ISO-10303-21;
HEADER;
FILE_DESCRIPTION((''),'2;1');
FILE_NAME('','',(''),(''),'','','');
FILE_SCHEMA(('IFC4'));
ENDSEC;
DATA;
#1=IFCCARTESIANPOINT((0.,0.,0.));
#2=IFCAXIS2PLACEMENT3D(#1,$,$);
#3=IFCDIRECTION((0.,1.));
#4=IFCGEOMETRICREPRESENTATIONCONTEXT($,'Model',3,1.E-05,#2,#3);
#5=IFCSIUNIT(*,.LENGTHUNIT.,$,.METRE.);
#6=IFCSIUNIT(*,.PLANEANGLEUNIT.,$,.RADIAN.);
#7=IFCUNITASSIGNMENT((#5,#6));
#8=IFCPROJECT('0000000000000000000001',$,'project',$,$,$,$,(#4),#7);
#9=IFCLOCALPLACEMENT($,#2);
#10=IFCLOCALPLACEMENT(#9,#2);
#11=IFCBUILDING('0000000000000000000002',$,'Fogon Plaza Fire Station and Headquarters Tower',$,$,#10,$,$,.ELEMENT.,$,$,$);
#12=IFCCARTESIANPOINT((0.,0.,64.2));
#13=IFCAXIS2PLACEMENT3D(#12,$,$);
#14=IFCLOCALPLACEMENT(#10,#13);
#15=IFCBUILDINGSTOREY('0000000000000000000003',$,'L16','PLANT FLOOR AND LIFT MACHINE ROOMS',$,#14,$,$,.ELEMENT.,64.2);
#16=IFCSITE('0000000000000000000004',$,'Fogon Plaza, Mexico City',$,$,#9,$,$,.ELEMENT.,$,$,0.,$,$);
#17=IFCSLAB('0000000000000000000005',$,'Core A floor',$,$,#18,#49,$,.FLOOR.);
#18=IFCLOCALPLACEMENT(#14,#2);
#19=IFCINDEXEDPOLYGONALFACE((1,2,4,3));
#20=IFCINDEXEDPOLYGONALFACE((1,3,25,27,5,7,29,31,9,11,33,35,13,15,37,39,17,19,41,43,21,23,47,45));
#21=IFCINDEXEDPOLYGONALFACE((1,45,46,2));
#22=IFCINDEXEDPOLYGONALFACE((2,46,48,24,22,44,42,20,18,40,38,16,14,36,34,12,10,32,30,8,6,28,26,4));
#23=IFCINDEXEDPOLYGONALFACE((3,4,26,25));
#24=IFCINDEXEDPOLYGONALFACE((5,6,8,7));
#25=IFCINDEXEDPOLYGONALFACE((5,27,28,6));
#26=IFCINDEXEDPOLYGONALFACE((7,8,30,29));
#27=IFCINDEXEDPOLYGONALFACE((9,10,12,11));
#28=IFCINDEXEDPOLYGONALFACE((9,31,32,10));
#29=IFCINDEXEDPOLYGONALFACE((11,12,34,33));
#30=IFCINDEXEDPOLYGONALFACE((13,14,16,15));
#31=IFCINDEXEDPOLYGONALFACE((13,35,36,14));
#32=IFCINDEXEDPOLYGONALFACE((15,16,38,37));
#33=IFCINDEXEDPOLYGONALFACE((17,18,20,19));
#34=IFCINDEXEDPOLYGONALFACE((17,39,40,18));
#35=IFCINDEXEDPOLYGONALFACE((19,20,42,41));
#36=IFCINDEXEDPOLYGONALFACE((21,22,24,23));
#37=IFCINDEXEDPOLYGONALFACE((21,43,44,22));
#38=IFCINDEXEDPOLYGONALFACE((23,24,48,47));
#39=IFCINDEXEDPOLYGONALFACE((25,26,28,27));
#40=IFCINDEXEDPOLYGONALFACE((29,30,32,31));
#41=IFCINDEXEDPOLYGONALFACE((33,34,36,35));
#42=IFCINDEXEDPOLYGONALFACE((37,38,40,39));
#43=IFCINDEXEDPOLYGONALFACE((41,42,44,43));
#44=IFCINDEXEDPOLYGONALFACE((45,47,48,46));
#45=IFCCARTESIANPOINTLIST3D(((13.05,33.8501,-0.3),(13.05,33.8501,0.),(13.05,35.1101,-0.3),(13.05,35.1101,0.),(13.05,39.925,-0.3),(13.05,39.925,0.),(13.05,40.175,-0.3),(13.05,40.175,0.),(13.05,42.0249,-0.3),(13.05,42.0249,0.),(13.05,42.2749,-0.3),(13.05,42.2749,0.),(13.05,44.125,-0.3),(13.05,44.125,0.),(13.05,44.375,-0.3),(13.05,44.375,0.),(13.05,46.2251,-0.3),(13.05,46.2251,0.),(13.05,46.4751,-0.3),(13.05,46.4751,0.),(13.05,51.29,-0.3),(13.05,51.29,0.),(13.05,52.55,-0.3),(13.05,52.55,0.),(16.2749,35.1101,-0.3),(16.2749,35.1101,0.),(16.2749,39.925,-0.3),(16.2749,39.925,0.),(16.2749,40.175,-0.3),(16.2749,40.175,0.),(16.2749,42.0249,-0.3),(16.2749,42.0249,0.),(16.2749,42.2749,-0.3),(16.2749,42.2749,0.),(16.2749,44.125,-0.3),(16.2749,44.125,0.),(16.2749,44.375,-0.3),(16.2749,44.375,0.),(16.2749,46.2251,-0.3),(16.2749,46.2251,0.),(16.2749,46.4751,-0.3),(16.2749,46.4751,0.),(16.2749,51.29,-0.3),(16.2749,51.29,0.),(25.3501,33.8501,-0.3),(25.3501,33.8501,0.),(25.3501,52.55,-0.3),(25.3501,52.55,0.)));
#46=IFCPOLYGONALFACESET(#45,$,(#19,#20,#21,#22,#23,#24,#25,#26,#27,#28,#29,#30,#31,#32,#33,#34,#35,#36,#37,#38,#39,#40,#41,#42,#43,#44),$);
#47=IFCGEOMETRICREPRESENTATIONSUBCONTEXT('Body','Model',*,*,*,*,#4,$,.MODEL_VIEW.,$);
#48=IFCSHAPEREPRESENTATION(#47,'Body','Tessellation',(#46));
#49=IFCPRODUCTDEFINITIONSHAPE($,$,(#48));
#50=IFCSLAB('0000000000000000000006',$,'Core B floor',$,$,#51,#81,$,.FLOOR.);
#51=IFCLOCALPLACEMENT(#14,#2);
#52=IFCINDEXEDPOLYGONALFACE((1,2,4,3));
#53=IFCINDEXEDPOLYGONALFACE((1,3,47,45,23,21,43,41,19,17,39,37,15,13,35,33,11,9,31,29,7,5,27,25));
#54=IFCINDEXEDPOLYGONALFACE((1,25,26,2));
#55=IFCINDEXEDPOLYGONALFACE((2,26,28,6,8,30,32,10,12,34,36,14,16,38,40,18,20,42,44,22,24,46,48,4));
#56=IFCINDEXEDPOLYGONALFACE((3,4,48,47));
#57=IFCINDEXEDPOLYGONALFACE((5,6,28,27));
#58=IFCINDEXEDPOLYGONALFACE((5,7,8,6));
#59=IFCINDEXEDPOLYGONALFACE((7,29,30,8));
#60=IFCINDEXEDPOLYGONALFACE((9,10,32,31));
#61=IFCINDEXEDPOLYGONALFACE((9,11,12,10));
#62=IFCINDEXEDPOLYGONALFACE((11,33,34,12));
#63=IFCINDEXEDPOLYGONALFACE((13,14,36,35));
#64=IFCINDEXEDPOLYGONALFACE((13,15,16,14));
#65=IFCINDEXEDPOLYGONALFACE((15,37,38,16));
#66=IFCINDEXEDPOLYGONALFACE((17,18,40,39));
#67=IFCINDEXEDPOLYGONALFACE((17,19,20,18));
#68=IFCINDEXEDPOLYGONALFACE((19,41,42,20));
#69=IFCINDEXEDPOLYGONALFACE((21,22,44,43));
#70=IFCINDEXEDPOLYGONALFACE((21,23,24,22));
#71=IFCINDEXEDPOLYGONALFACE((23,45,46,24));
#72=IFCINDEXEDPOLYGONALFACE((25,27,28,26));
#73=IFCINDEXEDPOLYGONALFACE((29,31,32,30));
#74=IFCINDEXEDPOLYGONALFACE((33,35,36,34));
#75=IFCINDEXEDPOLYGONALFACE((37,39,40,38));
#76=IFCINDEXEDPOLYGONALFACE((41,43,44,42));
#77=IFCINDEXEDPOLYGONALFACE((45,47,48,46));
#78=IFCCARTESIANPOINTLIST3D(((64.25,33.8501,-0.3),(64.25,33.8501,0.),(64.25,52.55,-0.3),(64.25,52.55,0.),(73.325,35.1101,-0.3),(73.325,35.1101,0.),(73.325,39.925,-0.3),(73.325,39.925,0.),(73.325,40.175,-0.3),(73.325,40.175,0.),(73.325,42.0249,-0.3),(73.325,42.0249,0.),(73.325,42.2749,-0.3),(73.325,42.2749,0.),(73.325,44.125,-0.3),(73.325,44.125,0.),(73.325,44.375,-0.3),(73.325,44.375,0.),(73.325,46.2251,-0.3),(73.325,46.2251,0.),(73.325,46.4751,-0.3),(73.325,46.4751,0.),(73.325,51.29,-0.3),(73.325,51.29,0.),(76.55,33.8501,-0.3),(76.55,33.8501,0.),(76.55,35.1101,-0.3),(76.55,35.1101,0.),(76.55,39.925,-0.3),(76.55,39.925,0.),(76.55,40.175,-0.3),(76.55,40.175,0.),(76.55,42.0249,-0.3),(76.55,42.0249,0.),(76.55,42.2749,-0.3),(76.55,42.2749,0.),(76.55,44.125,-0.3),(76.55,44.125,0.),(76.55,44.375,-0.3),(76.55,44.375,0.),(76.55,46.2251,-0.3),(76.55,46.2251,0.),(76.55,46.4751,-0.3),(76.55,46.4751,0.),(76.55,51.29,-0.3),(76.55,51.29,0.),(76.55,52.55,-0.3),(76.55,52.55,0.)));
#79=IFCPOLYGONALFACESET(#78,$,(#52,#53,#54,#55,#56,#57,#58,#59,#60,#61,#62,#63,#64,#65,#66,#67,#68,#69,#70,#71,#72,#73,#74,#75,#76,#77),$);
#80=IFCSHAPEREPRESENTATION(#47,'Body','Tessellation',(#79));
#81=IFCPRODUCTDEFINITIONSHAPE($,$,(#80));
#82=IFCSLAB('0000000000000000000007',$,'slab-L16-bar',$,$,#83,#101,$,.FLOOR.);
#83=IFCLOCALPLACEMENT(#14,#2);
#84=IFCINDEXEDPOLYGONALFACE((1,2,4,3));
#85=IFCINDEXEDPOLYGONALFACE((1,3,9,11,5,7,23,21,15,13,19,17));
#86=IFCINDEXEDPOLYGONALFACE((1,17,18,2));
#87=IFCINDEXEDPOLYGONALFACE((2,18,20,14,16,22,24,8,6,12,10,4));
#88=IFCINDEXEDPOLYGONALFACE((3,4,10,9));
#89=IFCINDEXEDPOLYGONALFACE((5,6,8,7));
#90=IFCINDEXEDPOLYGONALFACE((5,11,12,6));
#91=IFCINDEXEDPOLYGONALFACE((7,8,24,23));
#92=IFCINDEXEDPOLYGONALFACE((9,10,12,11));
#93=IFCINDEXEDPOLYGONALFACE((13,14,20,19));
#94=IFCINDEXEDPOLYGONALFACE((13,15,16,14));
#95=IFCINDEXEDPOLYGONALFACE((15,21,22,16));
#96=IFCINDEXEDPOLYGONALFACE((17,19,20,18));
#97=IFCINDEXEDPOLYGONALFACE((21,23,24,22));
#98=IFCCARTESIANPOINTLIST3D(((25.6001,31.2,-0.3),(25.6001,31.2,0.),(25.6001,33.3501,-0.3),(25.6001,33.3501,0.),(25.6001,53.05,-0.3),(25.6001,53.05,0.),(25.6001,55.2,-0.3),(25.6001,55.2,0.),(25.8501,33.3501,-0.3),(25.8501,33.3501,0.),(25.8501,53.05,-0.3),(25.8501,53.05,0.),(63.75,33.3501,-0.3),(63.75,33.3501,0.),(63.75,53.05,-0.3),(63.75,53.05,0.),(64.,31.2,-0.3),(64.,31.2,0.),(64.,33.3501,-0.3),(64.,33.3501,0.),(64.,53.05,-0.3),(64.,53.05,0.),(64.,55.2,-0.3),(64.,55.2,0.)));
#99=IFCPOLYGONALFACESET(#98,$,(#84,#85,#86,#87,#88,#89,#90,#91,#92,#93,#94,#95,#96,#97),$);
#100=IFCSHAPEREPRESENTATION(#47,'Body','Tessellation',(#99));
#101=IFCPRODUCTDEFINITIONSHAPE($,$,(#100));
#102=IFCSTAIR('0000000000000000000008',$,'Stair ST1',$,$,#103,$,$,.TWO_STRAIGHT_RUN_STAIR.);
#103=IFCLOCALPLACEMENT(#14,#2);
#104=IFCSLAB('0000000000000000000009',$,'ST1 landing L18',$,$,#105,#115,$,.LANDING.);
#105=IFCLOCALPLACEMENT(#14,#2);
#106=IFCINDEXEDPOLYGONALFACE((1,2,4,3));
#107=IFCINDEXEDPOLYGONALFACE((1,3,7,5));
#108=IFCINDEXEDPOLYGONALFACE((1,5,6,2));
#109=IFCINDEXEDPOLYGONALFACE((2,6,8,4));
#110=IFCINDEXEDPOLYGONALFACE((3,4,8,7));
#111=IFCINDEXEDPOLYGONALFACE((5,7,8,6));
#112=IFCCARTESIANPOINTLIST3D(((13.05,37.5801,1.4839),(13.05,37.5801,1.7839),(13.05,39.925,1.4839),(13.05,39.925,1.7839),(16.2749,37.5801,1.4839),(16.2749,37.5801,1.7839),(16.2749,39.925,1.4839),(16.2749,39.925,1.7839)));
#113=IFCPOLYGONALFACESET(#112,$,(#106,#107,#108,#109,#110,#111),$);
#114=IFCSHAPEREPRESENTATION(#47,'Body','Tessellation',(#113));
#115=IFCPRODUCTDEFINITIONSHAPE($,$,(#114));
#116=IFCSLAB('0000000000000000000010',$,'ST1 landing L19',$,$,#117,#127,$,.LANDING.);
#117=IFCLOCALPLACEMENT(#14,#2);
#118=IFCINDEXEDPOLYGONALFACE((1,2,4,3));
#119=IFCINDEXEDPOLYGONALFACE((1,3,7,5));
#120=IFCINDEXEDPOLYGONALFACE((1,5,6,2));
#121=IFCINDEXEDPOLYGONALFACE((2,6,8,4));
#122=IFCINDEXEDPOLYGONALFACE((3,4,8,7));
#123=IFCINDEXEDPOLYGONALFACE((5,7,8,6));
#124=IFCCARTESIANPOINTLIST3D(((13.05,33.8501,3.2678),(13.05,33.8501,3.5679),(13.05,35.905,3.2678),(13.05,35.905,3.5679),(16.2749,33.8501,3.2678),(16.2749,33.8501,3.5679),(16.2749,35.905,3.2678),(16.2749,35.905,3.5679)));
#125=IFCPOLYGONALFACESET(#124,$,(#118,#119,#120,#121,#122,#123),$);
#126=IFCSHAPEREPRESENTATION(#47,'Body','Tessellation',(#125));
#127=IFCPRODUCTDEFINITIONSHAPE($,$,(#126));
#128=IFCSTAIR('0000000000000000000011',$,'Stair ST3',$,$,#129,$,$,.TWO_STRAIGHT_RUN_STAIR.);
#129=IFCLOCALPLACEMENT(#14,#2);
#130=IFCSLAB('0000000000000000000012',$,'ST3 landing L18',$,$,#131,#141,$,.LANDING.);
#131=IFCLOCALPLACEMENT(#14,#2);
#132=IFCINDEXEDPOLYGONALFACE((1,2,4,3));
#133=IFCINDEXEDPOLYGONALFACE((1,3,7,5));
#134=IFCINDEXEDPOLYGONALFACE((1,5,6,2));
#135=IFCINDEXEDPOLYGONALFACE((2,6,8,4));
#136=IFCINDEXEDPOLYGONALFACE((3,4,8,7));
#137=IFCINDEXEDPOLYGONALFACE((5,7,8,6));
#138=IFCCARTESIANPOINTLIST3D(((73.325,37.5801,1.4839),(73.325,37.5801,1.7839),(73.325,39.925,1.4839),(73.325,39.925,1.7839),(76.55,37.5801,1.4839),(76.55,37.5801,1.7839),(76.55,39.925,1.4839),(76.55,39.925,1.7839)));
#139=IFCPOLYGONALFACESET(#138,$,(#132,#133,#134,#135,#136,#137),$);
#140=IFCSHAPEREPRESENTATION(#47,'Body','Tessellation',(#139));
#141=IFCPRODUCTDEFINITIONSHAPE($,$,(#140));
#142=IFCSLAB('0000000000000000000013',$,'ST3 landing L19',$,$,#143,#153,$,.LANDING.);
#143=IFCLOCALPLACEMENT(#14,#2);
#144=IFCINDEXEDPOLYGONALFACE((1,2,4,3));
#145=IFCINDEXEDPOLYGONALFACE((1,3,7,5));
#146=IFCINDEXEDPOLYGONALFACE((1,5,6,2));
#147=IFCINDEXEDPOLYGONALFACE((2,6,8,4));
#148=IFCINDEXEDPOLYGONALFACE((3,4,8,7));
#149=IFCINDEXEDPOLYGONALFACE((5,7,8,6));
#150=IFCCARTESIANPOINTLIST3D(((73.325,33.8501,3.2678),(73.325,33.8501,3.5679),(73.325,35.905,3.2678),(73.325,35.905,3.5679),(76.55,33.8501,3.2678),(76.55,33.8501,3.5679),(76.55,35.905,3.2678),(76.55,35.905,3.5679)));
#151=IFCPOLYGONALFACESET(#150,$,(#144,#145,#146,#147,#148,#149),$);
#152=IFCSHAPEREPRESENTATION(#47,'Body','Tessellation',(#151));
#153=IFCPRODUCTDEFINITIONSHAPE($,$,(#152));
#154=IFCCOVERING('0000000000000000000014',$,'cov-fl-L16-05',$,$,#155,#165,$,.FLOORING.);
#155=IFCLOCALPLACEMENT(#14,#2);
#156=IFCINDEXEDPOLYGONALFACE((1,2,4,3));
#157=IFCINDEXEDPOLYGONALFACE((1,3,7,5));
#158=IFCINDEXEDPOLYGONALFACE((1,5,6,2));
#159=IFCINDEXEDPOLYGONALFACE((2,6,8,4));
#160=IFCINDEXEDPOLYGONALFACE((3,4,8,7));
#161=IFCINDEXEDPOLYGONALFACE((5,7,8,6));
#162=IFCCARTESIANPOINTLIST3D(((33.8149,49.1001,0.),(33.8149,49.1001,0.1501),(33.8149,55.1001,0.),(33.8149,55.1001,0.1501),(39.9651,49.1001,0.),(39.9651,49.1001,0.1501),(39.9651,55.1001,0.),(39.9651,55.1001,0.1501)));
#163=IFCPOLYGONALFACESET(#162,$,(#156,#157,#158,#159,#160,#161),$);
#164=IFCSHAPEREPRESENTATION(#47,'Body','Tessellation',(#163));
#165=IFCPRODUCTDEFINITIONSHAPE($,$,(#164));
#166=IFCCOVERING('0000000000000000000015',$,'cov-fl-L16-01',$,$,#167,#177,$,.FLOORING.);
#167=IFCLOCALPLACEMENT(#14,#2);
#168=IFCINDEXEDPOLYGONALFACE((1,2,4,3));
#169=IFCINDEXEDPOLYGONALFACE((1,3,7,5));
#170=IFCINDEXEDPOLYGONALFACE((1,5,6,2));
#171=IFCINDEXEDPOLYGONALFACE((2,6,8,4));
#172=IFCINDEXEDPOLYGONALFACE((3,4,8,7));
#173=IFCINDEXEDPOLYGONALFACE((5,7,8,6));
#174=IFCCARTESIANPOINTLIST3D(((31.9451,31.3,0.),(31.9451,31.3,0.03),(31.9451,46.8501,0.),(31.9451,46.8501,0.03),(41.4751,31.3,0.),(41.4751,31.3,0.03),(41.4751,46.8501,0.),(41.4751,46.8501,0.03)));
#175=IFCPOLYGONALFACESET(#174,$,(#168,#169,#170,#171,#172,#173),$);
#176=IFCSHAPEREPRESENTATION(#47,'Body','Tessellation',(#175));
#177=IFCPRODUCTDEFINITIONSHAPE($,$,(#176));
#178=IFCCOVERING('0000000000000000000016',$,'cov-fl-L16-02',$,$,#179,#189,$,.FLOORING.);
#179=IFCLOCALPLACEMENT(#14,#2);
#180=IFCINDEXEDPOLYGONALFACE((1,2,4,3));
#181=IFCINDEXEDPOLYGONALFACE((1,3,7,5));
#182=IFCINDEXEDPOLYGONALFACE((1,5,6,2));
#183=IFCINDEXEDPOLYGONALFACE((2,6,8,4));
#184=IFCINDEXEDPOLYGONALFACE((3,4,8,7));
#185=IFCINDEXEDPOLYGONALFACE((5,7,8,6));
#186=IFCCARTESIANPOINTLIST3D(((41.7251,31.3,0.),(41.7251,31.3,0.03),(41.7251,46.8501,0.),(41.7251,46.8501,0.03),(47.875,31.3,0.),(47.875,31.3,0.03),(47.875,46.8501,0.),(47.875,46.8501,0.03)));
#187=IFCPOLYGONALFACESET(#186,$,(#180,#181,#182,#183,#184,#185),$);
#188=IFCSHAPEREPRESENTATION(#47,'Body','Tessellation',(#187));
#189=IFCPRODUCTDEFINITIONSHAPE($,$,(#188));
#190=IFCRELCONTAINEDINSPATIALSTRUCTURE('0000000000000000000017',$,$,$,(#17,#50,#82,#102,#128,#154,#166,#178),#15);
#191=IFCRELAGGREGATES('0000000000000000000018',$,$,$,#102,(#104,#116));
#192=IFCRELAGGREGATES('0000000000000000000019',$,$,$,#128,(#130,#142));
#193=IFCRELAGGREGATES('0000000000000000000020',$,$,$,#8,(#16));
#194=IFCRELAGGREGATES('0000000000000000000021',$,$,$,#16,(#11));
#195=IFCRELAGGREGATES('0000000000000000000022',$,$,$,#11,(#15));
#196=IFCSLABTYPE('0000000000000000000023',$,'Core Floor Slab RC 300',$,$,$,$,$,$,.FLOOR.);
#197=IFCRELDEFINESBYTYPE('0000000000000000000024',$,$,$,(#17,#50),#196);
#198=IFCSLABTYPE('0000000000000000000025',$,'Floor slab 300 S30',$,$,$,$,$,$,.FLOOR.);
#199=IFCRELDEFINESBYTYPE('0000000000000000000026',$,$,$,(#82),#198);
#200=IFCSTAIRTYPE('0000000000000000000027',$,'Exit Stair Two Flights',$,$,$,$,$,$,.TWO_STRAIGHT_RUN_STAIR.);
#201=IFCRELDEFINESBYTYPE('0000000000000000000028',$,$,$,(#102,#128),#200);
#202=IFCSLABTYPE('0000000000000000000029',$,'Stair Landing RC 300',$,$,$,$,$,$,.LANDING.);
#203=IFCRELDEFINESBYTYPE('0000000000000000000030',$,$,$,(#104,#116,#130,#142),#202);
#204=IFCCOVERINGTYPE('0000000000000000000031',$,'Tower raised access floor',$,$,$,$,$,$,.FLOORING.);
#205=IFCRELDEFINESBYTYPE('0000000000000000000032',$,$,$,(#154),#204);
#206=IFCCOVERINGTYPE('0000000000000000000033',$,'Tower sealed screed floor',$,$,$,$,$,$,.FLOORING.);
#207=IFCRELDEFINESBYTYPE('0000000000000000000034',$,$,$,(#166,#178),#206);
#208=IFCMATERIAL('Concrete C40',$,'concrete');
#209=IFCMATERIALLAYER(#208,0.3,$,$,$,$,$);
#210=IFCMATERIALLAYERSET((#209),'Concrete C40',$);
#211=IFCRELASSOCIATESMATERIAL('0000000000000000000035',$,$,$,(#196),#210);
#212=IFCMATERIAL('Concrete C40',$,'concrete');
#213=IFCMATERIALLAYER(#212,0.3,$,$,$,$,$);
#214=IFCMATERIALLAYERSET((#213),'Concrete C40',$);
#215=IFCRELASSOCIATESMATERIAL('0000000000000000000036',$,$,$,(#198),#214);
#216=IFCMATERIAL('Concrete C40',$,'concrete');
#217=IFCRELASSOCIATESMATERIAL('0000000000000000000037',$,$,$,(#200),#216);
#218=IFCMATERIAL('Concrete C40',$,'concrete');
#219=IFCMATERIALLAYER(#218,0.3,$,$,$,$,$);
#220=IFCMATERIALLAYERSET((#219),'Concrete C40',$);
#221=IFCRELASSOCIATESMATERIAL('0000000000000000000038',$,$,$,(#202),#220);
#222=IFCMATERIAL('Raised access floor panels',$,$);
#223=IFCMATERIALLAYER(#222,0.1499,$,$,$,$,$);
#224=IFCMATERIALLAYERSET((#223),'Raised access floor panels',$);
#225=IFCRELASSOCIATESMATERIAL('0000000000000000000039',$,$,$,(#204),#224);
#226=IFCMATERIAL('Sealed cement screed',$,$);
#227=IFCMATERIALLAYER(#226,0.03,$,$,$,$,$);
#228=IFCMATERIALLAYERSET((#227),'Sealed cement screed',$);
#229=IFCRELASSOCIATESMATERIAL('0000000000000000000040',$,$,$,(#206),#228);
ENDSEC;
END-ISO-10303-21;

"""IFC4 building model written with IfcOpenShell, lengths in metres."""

from ifc_helpers import new_model, si_unit, direction, frame, origin, place, context, subcontext, project, spatial, polyline, outline, extrude, material, layer, layer_set, type_object, element, aggregate, save


model = new_model("IFC4")

# Units and contexts
model_context = context("Model", 3, precision=1e-05, world=origin(), true_north=direction((0.0, 1.0)))
body_context = subcontext(model_context, "Body", "Model", "MODEL_VIEW")
ifc_project = project(units=[si_unit("LENGTHUNIT", "METRE"), si_unit("PLANEANGLEUNIT", "RADIAN")], contexts=[model_context])

# Site, building, storey
site_placement = place(None, origin())
site = spatial("IfcSite", under=ifc_project, at=site_placement, Name="Fogon Plaza, Mexico City", CompositionType="ELEMENT", RefElevation=0.0)
building_placement = place(site_placement, origin())
building = spatial("IfcBuilding", under=site, at=building_placement, Name="Fogon Plaza Fire Station and Headquarters Tower", CompositionType="ELEMENT")
storey_placement = place(building_placement, frame((0.0, 0.0, 64.2)))
storey = spatial("IfcBuildingStorey", under=building, at=storey_placement, Name="L16", Description="PLANT FLOOR AND LIFT MACHINE ROOMS", CompositionType="ELEMENT", Elevation=64.2)

# Slabs
ifc_material_1 = material(Name="Concrete C40", Category="concrete")
ifc_layer_1 = layer(ifc_material_1, 0.3)
ifc_layer_set_1 = layer_set([ifc_layer_1], Name="Concrete C40")
slab_type_1 = type_object("IfcSlabType", Name="Core Floor Slab RC 300", PredefinedType="FLOOR", material=ifc_layer_set_1)
slab_1_placement = place(storey_placement, frame((0.0, 0.0, -0.3)))
element("IfcSlab", 1, at=slab_1_placement, inside=storey, type_object=slab_type_1, Name="Core A floor", PredefinedType="FLOOR", context=body_context, shape_type="SweptSolid", body=[
    extrude(outline(polyline([(13.05, 35.1101), (13.05, 33.8501), (25.3501, 33.8501), (25.3501, 52.55), (13.05, 52.55), (13.05, 51.29), (16.2749, 51.29), (16.2749, 46.4751), (13.05, 46.4751), (13.05, 46.2251), (16.2749, 46.2251), (16.2749, 44.375), (13.05, 44.375), (13.05, 44.125), (16.2749, 44.125), (16.2749, 42.2749), (13.05, 42.2749), (13.05, 42.0249), (16.2749, 42.0249), (16.2749, 40.175), (13.05, 40.175), (13.05, 39.925), (16.2749, 39.925), (16.2749, 35.1101), (13.05, 35.1101)])), origin(), (0.0, 0.0, 1.0), 0.3),
])
slab_2_placement = place(storey_placement, frame((0.0, 0.0, -0.3)))
element("IfcSlab", 2, at=slab_2_placement, inside=storey, type_object=slab_type_1, Name="Core B floor", PredefinedType="FLOOR", context=body_context, shape_type="SweptSolid", body=[
    extrude(outline(polyline([(76.55, 35.1101), (73.325, 35.1101), (73.325, 39.925), (76.55, 39.925), (76.55, 40.175), (73.325, 40.175), (73.325, 42.0249), (76.55, 42.0249), (76.55, 42.2749), (73.325, 42.2749), (73.325, 44.125), (76.55, 44.125), (76.55, 44.375), (73.325, 44.375), (73.325, 46.2251), (76.55, 46.2251), (76.55, 46.4751), (73.325, 46.4751), (73.325, 51.29), (76.55, 51.29), (76.55, 52.55), (64.25, 52.55), (64.25, 33.8501), (76.55, 33.8501), (76.55, 35.1101)])), origin(), (0.0, 0.0, 1.0), 0.3),
])
ifc_material_2 = material(Name="Concrete C40", Category="concrete")
ifc_layer_2 = layer(ifc_material_2, 0.3)
ifc_layer_set_2 = layer_set([ifc_layer_2], Name="Concrete C40")
slab_type_2 = type_object("IfcSlabType", Name="Floor slab 300 S30", PredefinedType="FLOOR", material=ifc_layer_set_2)
slab_3_placement = place(storey_placement, frame((0.0, 0.0, -0.3)))
element("IfcSlab", 3, at=slab_3_placement, inside=storey, type_object=slab_type_2, Name="slab-L16-bar", PredefinedType="FLOOR", context=body_context, shape_type="SweptSolid", body=[
    extrude(outline(polyline([(64.0, 31.2), (25.6001, 31.2), (25.6001, 33.3501), (25.8501, 33.3501), (25.8501, 53.05), (25.6001, 53.05), (25.6001, 55.2), (64.0, 55.2), (64.0, 53.05), (63.75, 53.05), (63.75, 33.3501), (64.0, 33.3501), (64.0, 31.2)])), origin(), (0.0, 0.0, 1.0), 0.3),
])

# Stairs, slabs
ifc_material_3 = material(Name="Concrete C40", Category="concrete")
stair_type = type_object("IfcStairType", Name="Exit Stair Two Flights", PredefinedType="TWO_STRAIGHT_RUN_STAIR", material=ifc_material_3)
stair_1_placement = place(storey_placement, origin())
stair_1 = element("IfcStair", 4, at=stair_1_placement, inside=storey, type_object=stair_type, Name="Stair ST1", PredefinedType="TWO_STRAIGHT_RUN_STAIR")
ifc_material_4 = material(Name="Concrete C40", Category="concrete")
ifc_layer_3 = layer(ifc_material_4, 0.3)
ifc_layer_set_3 = layer_set([ifc_layer_3], Name="Concrete C40")
slab_type_3 = type_object("IfcSlabType", Name="Stair Landing RC 300", PredefinedType="LANDING", material=ifc_layer_set_3)
slab_4_placement = place(storey_placement, frame((0.0, 0.0, 1.4839)))
slab_4 = element("IfcSlab", 5, at=slab_4_placement, type_object=slab_type_3, Name="ST1 landing L18", PredefinedType="LANDING", context=body_context, shape_type="SweptSolid", body=[
    extrude(outline(polyline([(16.2749, 37.5801), (16.2749, 39.925), (13.05, 39.925), (13.05, 37.5801), (16.2749, 37.5801)])), origin(), (0.0, 0.0, 1.0), 0.3),
])
slab_5_placement = place(storey_placement, frame((0.0, 0.0, 3.2678)))
slab_5 = element("IfcSlab", 6, at=slab_5_placement, type_object=slab_type_3, Name="ST1 landing L19", PredefinedType="LANDING", context=body_context, shape_type="SweptSolid", body=[
    extrude(outline(polyline([(16.2749, 33.8501), (16.2749, 35.905), (13.05, 35.905), (13.05, 33.8501), (16.2749, 33.8501)])), origin(), (0.0, 0.0, 1.0), 0.3),
])
aggregate(stair_1, [slab_4, slab_5])
stair_2_placement = place(storey_placement, origin())
stair_2 = element("IfcStair", 7, at=stair_2_placement, inside=storey, type_object=stair_type, Name="Stair ST3", PredefinedType="TWO_STRAIGHT_RUN_STAIR")
slab_6_placement = place(storey_placement, frame((0.0, 0.0, 1.4839)))
slab_6 = element("IfcSlab", 8, at=slab_6_placement, type_object=slab_type_3, Name="ST3 landing L18", PredefinedType="LANDING", context=body_context, shape_type="SweptSolid", body=[
    extrude(outline(polyline([(73.325, 37.5801), (76.55, 37.5801), (76.55, 39.925), (73.325, 39.925), (73.325, 37.5801)])), origin(), (0.0, 0.0, 1.0), 0.3),
])
slab_7_placement = place(storey_placement, frame((0.0, 0.0, 3.2678)))
slab_7 = element("IfcSlab", 9, at=slab_7_placement, type_object=slab_type_3, Name="ST3 landing L19", PredefinedType="LANDING", context=body_context, shape_type="SweptSolid", body=[
    extrude(outline(polyline([(73.325, 33.8501), (76.55, 33.8501), (76.55, 35.905), (73.325, 35.905), (73.325, 33.8501)])), origin(), (0.0, 0.0, 1.0), 0.3),
])
aggregate(stair_2, [slab_6, slab_7])

# Coverings
ifc_material_5 = material(Name="Raised access floor panels")
ifc_layer_4 = layer(ifc_material_5, 0.1499)
ifc_layer_set_4 = layer_set([ifc_layer_4], Name="Raised access floor panels")
covering_type_1 = type_object("IfcCoveringType", Name="Tower raised access floor", PredefinedType="FLOORING", material=ifc_layer_set_4)
covering_1_placement = place(storey_placement, origin())
element("IfcCovering", 10, at=covering_1_placement, inside=storey, type_object=covering_type_1, Name="cov-fl-L16-05", PredefinedType="FLOORING", context=body_context, shape_type="SweptSolid", body=[
    extrude(outline(polyline([(39.9651, 49.1001), (39.9651, 55.1001), (33.8149, 55.1001), (33.8149, 49.1001), (39.9651, 49.1001)])), origin(), (0.0, 0.0, 1.0), 0.1501),
])
ifc_material_6 = material(Name="Sealed cement screed")
ifc_layer_5 = layer(ifc_material_6, 0.03)
ifc_layer_set_5 = layer_set([ifc_layer_5], Name="Sealed cement screed")
covering_type_2 = type_object("IfcCoveringType", Name="Tower sealed screed floor", PredefinedType="FLOORING", material=ifc_layer_set_5)
covering_2_placement = place(storey_placement, origin())
element("IfcCovering", 11, at=covering_2_placement, inside=storey, type_object=covering_type_2, Name="cov-fl-L16-01", PredefinedType="FLOORING", context=body_context, shape_type="SweptSolid", body=[
    extrude(outline(polyline([(41.4751, 31.3), (41.4751, 46.8501), (31.9451, 46.8501), (31.9451, 31.3), (41.4751, 31.3)])), origin(), (0.0, 0.0, 1.0), 0.03),
])
covering_3_placement = place(storey_placement, origin())
element("IfcCovering", 12, at=covering_3_placement, inside=storey, type_object=covering_type_2, Name="cov-fl-L16-02", PredefinedType="FLOORING", context=body_context, shape_type="SweptSolid", body=[
    extrude(outline(polyline([(47.875, 31.3), (47.875, 46.8501), (41.7251, 46.8501), (41.7251, 31.3), (47.875, 31.3)])), origin(), (0.0, 0.0, 1.0), 0.03),
])

save(model, "model.ifc")
